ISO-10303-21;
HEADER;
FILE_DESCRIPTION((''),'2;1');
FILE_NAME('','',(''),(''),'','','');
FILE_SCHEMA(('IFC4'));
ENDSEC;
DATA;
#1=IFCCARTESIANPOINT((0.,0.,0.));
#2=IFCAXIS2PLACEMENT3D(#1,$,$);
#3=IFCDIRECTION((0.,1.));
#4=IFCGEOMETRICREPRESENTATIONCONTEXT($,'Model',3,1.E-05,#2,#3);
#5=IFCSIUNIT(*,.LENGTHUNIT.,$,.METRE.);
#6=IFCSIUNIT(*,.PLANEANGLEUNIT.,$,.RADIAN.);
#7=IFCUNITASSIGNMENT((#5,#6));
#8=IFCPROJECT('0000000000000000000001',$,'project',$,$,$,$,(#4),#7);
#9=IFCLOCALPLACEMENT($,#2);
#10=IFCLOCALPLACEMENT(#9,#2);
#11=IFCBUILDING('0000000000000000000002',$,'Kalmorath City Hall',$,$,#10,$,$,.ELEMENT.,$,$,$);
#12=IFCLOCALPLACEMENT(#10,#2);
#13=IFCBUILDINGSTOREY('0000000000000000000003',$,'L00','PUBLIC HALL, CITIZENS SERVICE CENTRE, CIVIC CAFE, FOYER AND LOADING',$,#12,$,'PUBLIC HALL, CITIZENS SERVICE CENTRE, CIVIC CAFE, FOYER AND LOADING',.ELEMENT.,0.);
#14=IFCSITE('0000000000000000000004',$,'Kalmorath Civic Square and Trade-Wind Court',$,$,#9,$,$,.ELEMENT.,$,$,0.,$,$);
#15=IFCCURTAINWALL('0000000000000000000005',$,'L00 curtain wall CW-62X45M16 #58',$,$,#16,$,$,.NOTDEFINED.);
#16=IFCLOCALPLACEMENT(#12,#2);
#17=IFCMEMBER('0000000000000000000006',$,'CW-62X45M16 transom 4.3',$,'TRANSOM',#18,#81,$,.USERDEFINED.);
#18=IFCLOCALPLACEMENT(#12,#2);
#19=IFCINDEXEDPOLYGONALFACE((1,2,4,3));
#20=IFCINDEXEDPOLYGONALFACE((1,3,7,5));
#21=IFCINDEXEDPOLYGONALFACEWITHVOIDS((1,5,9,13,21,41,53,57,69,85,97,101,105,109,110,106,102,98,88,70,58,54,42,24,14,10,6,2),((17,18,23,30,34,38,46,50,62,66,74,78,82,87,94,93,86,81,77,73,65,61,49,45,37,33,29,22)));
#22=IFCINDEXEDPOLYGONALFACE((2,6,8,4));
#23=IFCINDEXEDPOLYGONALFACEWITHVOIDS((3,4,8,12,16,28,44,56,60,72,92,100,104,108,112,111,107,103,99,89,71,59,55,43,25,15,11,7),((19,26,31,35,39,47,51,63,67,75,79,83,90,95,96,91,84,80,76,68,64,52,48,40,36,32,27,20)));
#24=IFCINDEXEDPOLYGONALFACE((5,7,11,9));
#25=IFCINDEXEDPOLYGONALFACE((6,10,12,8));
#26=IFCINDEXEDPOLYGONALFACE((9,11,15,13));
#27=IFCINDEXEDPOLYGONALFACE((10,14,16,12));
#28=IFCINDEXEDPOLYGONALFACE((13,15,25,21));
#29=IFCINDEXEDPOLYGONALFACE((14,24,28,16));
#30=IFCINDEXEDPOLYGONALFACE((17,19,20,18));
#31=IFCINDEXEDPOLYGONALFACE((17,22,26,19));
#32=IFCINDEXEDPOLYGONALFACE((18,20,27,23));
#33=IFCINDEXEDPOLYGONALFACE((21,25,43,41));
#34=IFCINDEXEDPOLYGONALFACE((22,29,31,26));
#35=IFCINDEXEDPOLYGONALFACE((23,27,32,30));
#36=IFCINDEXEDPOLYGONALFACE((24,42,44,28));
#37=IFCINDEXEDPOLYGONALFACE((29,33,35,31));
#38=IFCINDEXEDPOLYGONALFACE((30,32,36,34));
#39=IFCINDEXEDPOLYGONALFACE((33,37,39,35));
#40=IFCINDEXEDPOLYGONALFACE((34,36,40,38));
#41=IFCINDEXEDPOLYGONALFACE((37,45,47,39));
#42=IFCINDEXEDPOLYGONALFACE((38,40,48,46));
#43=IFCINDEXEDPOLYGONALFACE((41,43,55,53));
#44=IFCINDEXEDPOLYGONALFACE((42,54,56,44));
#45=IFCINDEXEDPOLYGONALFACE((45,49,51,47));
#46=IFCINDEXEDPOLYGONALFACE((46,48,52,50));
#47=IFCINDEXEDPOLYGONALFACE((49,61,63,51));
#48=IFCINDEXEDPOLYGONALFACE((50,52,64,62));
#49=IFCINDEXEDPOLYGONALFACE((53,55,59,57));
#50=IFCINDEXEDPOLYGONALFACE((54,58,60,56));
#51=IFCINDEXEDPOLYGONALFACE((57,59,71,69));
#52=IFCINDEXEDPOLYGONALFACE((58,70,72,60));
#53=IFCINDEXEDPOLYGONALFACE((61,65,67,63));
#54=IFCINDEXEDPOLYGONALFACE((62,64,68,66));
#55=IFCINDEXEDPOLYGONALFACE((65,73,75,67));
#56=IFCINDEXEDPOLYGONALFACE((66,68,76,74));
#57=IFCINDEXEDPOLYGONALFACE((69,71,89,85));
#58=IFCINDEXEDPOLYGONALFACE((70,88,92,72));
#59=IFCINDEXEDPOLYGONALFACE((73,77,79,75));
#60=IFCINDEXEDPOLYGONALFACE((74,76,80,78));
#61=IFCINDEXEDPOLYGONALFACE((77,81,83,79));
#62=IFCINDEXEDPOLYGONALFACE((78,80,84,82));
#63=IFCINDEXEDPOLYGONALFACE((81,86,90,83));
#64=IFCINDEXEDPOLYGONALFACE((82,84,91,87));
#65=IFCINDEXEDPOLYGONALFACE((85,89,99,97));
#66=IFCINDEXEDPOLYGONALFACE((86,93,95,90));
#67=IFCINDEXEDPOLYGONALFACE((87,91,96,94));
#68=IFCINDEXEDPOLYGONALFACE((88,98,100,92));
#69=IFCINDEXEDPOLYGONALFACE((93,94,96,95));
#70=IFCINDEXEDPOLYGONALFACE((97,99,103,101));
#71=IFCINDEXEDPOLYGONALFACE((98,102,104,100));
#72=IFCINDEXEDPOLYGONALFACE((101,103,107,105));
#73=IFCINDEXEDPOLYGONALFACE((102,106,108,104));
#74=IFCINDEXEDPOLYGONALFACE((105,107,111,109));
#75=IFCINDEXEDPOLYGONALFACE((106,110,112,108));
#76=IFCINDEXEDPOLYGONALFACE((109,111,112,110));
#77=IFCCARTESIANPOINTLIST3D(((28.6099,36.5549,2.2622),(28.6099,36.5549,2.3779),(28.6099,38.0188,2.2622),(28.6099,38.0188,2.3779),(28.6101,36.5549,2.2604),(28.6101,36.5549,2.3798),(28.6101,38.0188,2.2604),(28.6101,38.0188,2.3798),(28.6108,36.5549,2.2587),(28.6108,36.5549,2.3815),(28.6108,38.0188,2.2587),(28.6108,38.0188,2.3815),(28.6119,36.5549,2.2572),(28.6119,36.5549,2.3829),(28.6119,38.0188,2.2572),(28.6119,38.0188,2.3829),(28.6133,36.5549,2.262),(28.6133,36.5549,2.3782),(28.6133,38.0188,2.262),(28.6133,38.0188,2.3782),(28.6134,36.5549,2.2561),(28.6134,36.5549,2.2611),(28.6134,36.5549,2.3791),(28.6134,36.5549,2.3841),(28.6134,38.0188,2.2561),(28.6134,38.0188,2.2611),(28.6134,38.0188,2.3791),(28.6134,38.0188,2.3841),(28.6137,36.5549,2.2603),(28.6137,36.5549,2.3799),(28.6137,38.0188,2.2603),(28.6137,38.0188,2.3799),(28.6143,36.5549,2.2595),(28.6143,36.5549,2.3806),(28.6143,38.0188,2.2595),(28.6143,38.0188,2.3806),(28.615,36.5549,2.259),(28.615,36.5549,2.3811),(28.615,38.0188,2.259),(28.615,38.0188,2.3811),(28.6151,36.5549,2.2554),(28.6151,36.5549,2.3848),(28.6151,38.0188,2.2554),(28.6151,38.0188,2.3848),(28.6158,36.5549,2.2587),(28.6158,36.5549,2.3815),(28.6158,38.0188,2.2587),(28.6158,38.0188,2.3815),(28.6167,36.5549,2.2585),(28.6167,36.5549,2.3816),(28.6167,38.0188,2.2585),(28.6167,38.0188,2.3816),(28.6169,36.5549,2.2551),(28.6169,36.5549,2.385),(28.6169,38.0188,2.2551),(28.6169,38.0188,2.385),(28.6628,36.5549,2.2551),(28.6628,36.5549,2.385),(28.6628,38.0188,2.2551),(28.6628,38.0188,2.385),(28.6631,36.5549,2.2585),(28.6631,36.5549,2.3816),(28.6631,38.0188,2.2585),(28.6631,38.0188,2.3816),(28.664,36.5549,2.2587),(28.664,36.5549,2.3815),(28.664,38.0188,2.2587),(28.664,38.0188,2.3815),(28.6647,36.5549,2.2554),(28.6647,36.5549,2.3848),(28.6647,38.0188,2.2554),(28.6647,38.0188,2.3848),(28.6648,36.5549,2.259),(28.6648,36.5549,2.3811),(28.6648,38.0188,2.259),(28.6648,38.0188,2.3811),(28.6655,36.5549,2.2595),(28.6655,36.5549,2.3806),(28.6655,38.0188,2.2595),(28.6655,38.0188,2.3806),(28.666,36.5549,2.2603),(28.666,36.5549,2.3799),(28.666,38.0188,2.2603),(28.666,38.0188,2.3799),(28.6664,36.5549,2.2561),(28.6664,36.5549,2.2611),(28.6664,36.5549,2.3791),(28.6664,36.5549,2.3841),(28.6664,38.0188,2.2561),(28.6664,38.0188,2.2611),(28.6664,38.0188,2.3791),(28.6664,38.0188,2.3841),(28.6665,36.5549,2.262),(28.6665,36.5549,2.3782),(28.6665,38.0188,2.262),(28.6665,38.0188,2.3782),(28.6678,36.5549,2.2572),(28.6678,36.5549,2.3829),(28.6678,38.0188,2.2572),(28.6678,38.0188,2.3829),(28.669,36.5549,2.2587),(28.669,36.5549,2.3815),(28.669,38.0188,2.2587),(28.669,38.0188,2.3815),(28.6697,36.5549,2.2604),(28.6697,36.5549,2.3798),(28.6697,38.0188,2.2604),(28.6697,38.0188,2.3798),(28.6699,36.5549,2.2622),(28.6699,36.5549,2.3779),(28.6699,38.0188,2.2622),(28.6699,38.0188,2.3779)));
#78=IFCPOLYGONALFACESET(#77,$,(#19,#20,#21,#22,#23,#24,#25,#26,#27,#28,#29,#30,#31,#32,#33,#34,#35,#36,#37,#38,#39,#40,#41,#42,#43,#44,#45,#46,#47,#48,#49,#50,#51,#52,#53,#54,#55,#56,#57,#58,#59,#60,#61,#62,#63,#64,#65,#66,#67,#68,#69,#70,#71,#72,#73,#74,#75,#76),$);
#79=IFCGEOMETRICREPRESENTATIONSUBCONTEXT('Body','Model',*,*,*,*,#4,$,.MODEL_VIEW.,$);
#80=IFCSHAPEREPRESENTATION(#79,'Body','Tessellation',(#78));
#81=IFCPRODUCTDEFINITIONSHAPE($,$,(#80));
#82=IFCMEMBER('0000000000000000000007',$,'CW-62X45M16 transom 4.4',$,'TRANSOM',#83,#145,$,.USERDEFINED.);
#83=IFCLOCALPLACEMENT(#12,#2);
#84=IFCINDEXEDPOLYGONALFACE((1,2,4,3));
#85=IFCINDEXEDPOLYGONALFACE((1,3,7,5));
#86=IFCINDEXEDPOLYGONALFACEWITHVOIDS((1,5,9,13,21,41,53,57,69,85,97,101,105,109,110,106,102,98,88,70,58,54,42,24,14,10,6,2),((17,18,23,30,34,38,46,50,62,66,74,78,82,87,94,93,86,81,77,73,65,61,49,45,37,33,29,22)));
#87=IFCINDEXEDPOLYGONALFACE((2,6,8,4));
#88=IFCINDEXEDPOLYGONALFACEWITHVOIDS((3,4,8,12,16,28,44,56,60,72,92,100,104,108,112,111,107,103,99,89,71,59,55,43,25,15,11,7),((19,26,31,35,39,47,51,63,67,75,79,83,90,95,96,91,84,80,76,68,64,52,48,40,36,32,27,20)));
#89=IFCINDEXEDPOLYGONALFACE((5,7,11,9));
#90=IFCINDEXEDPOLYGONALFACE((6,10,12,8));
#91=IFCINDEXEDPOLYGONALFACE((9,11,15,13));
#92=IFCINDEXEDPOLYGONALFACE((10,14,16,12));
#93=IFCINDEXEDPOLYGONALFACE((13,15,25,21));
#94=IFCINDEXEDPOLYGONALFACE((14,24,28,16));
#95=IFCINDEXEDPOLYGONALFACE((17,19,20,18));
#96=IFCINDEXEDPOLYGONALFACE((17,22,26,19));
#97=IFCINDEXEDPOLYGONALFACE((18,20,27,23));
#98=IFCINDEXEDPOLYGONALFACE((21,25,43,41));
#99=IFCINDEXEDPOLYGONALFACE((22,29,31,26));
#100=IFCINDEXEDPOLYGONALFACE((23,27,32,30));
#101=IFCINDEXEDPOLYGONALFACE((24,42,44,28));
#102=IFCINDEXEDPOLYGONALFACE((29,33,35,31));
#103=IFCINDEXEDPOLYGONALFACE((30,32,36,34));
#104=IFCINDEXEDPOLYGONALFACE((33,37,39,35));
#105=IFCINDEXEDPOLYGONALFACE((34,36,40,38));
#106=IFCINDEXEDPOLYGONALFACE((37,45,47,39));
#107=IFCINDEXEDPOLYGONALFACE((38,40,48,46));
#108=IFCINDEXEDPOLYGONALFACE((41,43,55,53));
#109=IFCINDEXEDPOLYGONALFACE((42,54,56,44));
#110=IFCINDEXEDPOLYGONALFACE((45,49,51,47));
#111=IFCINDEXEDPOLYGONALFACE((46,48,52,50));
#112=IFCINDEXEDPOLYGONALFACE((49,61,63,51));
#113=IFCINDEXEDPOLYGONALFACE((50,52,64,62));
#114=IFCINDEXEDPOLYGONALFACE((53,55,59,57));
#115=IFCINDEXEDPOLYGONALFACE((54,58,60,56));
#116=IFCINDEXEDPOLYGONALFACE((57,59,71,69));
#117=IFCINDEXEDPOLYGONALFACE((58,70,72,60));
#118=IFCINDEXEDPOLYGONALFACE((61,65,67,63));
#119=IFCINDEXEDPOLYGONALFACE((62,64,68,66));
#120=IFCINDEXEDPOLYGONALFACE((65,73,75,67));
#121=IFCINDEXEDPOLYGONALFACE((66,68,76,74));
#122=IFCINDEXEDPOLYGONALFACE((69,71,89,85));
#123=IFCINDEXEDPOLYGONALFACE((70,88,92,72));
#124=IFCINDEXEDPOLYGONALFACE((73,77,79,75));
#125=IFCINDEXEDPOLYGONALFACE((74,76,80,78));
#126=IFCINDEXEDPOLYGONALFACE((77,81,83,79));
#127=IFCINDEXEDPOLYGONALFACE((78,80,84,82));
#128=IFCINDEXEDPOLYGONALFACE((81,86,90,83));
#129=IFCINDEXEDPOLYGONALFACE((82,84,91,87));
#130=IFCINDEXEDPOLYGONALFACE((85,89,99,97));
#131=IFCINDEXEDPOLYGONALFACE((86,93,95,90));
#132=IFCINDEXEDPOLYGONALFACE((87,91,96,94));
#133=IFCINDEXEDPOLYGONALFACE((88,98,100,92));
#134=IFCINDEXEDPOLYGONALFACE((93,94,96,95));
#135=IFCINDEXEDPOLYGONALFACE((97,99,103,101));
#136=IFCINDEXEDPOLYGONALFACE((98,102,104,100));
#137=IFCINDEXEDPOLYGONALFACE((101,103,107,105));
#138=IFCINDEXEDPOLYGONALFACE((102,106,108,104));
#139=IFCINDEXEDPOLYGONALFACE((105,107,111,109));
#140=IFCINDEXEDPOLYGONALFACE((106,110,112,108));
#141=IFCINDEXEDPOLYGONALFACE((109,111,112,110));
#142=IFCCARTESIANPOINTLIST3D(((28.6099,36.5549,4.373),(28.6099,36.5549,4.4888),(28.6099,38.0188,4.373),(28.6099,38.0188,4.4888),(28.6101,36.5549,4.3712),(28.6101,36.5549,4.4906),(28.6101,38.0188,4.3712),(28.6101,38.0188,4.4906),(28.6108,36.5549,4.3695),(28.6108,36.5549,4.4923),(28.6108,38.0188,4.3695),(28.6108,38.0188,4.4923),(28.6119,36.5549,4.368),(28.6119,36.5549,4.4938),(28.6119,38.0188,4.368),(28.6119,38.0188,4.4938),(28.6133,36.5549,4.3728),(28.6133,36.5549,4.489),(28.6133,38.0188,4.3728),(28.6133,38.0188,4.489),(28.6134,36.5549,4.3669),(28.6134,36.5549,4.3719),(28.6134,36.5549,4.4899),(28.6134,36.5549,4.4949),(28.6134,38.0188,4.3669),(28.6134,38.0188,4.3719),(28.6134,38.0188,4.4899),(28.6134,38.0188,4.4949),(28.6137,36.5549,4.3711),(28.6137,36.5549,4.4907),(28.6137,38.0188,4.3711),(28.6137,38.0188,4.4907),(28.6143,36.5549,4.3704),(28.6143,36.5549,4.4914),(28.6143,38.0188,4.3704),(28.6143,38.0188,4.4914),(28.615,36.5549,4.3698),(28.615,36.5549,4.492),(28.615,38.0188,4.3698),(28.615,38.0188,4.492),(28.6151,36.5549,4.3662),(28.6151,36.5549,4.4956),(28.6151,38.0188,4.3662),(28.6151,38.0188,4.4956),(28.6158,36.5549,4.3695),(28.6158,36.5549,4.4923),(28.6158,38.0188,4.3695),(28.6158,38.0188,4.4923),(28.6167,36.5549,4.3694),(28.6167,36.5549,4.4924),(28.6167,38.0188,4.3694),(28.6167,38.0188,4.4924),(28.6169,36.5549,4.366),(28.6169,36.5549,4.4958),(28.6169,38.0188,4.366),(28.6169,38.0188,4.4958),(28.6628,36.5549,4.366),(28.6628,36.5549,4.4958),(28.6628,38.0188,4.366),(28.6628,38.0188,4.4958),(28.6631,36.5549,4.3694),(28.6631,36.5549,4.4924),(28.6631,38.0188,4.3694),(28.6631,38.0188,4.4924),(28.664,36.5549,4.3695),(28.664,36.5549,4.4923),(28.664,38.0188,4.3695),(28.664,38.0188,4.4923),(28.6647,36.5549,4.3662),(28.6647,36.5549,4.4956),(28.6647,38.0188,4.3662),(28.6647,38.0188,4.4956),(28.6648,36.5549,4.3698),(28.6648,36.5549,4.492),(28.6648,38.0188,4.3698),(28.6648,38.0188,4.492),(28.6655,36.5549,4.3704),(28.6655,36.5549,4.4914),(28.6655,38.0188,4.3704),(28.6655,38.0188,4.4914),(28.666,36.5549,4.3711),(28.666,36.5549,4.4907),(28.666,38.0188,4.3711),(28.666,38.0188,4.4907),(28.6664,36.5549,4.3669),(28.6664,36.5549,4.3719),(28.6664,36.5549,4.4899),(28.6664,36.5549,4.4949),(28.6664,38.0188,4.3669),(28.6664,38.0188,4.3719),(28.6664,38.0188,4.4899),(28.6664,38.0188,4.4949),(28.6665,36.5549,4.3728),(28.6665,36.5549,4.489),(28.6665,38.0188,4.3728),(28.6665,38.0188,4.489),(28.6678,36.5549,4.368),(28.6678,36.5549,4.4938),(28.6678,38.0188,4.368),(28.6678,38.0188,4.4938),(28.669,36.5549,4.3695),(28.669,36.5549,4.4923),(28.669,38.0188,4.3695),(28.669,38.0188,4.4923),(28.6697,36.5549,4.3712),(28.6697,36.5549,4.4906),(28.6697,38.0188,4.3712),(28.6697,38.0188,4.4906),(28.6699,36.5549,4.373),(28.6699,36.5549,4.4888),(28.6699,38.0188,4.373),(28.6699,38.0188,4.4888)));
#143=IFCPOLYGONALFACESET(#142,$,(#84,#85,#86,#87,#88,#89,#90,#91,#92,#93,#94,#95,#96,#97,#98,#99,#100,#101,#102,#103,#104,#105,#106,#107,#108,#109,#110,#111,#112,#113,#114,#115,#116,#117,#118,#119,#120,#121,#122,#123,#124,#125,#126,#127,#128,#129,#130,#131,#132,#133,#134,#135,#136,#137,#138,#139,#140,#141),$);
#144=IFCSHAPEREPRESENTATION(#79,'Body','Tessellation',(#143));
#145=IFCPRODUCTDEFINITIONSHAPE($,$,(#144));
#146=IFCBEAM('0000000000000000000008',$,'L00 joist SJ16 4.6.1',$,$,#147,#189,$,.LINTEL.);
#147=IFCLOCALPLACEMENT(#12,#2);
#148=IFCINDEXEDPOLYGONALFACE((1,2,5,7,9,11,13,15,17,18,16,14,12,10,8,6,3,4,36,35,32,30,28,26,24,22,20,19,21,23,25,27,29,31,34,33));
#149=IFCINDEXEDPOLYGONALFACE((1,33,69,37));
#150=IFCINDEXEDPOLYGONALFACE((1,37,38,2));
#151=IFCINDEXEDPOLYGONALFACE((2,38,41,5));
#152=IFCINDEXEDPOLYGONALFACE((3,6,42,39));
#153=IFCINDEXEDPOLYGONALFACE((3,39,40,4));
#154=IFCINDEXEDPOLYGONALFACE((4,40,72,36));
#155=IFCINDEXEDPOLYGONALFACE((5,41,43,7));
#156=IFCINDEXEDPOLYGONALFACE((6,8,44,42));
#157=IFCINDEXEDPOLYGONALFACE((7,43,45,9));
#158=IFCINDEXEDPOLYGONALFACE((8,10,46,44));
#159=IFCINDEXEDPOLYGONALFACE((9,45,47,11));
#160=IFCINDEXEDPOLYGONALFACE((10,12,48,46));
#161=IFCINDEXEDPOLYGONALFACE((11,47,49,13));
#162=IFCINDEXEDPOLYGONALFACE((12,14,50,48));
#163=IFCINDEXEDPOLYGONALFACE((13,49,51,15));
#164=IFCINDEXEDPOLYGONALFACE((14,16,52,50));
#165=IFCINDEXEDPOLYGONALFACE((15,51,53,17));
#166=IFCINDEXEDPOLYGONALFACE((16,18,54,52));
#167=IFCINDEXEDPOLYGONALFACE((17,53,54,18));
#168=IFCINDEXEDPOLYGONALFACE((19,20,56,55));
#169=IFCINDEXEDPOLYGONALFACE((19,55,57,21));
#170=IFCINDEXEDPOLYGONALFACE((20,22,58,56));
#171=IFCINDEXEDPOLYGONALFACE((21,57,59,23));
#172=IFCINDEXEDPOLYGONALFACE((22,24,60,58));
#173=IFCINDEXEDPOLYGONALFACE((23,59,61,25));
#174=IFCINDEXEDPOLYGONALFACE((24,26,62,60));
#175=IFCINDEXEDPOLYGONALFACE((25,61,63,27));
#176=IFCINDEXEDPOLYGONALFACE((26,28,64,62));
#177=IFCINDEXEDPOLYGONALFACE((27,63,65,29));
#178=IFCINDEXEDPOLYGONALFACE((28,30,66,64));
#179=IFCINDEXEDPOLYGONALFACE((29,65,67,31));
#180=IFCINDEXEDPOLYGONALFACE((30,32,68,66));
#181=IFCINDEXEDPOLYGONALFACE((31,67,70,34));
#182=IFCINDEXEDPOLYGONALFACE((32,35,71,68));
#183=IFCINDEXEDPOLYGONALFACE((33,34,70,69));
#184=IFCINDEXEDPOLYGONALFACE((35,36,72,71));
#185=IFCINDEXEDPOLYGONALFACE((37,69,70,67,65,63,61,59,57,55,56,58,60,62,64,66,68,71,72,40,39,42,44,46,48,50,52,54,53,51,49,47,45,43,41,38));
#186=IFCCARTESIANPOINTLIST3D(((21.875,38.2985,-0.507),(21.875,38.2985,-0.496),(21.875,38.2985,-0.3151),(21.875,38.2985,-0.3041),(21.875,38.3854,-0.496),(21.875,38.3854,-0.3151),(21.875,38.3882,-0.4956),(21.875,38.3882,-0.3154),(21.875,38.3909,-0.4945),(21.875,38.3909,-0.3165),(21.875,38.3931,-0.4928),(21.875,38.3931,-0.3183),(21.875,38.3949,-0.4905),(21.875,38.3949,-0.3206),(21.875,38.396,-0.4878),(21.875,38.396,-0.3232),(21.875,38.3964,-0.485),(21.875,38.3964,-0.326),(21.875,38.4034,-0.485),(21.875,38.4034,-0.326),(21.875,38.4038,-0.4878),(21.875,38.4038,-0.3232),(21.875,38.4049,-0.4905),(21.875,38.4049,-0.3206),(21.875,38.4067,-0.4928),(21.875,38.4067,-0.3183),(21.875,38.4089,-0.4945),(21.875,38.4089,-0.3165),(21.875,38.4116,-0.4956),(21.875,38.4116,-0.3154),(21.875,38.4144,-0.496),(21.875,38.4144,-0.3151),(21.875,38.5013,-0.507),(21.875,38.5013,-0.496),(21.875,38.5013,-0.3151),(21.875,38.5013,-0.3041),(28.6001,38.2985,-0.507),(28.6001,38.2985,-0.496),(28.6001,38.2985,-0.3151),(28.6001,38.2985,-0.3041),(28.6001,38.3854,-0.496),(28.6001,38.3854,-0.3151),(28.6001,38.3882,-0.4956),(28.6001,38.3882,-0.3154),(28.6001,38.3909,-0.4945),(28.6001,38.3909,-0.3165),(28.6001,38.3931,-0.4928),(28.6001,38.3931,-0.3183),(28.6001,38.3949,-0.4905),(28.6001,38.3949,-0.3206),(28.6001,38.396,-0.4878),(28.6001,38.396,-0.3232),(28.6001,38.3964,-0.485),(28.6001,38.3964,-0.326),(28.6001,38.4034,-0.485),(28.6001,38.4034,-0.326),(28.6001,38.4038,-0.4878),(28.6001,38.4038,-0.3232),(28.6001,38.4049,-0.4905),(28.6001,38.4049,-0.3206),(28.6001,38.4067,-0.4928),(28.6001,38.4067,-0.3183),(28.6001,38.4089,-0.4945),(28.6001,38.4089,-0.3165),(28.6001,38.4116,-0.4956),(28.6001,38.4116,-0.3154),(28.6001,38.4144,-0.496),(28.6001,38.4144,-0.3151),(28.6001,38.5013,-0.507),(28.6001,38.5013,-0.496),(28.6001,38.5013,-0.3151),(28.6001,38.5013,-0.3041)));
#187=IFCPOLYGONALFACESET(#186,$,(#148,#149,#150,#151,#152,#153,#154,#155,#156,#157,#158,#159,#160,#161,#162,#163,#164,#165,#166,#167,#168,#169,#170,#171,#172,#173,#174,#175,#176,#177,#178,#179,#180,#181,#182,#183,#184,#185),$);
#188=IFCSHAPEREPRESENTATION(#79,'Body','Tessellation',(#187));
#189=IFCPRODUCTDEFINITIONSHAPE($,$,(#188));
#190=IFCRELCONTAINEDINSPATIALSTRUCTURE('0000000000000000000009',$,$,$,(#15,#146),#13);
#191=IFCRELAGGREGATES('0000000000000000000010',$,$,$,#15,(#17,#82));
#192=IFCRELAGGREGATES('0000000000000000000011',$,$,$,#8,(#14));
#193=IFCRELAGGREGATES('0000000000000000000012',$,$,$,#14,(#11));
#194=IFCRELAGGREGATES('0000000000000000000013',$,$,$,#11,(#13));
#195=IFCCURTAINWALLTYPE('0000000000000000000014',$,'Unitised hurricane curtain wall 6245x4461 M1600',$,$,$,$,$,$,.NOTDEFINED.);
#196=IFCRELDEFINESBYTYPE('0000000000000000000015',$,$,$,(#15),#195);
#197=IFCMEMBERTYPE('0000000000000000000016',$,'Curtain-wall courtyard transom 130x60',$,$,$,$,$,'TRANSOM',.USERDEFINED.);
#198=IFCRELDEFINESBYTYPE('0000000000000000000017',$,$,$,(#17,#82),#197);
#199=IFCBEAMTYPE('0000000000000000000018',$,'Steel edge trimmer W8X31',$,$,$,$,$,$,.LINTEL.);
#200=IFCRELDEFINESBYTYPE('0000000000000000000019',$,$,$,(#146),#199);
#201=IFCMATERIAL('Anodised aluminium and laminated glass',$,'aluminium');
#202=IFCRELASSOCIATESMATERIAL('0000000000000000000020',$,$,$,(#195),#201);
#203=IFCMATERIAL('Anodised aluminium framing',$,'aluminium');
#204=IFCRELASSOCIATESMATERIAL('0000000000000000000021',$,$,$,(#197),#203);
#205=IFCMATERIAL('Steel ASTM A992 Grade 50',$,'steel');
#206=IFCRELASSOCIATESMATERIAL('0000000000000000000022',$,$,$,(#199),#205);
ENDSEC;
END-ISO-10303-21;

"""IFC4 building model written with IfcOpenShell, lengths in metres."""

from ifc_helpers import new_model, si_unit, direction, frame, origin, origin_2d, place, context, subcontext, project, spatial, hollow_rectangle, i_section, extrude, material, material_profile, profile_set, type_object, element, aggregate, save


model = new_model("IFC4")

# Units and contexts
model_context = context("Model", 3, precision=1e-05, world=origin(), true_north=direction((0.0, 1.0)))
body_context = subcontext(model_context, "Body", "Model", "MODEL_VIEW")
ifc_project = project(units=[si_unit("LENGTHUNIT", "METRE"), si_unit("PLANEANGLEUNIT", "RADIAN")], contexts=[model_context])

# Site, building, storey
site_placement = place(None, origin())
site = spatial("IfcSite", under=ifc_project, at=site_placement, Name="Kalmorath Civic Square and Trade-Wind Court", CompositionType="ELEMENT", RefElevation=0.0)
building_placement = place(site_placement, origin())
building = spatial("IfcBuilding", under=site, at=building_placement, Name="Kalmorath City Hall", CompositionType="ELEMENT")
storey_placement = place(building_placement, origin())
storey = spatial("IfcBuildingStorey", under=building, at=storey_placement, Name="L00", Description="PUBLIC HALL, CITIZENS SERVICE CENTRE, CIVIC CAFE, FOYER AND LOADING", LongName="PUBLIC HALL, CITIZENS SERVICE CENTRE, CIVIC CAFE, FOYER AND LOADING", CompositionType="ELEMENT", Elevation=0.0)

# Curtain wall, members
ifc_material_1 = material(Name="Anodised aluminium and laminated glass", Category="aluminium")
curtain_wall_type = type_object("IfcCurtainWallType", Name="Unitised hurricane curtain wall 6245x4461 M1600", PredefinedType="NOTDEFINED", material=ifc_material_1)
curtain_wall_placement = place(storey_placement, origin())
curtain_wall = element("IfcCurtainWall", 1, at=curtain_wall_placement, inside=storey, type_object=curtain_wall_type, Name="L00 curtain wall CW-62X45M16 #58", PredefinedType="NOTDEFINED")
ifc_material_2 = material(Name="Anodised aluminium framing", Category="aluminium")
ifc_material_profile_1 = material_profile(ifc_material_2, hollow_rectangle(XDim=0.0601, YDim=0.1299, WallThickness=0.0034, InnerFilletRadius=0.0034, OuterFilletRadius=0.0071, at=origin_2d()), Name="ALU-TRN-130X60X3.5")
ifc_profile_set_1 = profile_set([ifc_material_profile_1], Name="Anodised aluminium framing")
member_type_1 = type_object("IfcMemberType", Name="Curtain-wall courtyard transom 130x60", ElementType="TRANSOM", PredefinedType="USERDEFINED", material=ifc_profile_set_1)
member_1_placement = place(storey_placement, frame((28.6399, 38.0188, 2.3201), z_axis=(0.0, -1.0, 0.0), x_axis=(1.0, 0.0, 0.0)))
member_1 = element("IfcMember", 2, at=member_1_placement, type_object=member_type_1, Name="CW-62X45M16 transom 4.3", ObjectType="TRANSOM", PredefinedType="USERDEFINED", context=body_context, shape_type="SweptSolid", body=[
    extrude(hollow_rectangle(XDim=0.0601, YDim=0.1299, WallThickness=0.0034, InnerFilletRadius=0.0034, OuterFilletRadius=0.0071, at=origin_2d()), origin(), (0.0, 0.0, 1.0), 1.4639),
])
member_2_placement = place(storey_placement, frame((28.6399, 38.0188, 4.4309), z_axis=(0.0, -1.0, 0.0), x_axis=(1.0, 0.0, 0.0)))
member_2 = element("IfcMember", 3, at=member_2_placement, type_object=member_type_1, Name="CW-62X45M16 transom 4.4", ObjectType="TRANSOM", PredefinedType="USERDEFINED", context=body_context, shape_type="SweptSolid", body=[
    extrude(hollow_rectangle(XDim=0.0601, YDim=0.1299, WallThickness=0.0034, InnerFilletRadius=0.0034, OuterFilletRadius=0.0071, at=origin_2d()), origin(), (0.0, 0.0, 1.0), 1.4639),
])

# Beam
ifc_material_3 = material(Name="Steel ASTM A992 Grade 50", Category="steel")
ifc_material_profile_2 = material_profile(ifc_material_3, i_section(OverallWidth=0.2029, OverallDepth=0.2029, WebThickness=0.0071, FlangeThickness=0.011, FilletRadius=0.011, at=origin_2d()), Name="W8X31")
ifc_profile_set_2 = profile_set([ifc_material_profile_2], Name="Steel ASTM A992 Grade 50")
beam_type_1 = type_object("IfcBeamType", Name="Steel edge trimmer W8X31", PredefinedType="LINTEL", material=ifc_profile_set_2)
for number, where, z_axis, x_axis, name in (
    (4, (21.875, 38.3999, -0.4055), (1.0, 0.0, 0.0), (0.0, 1.0, 0.0), "L00 joist SJ16 4.6.1"),
):
    element("IfcBeam", number, at=place(storey_placement, frame(where, z_axis=z_axis, x_axis=x_axis)), inside=storey, type_object=beam_type_1, Name=name, PredefinedType="LINTEL", context=body_context, shape_type="SweptSolid", body=[
        extrude(i_section(OverallWidth=0.2029, OverallDepth=0.2029, WebThickness=0.0071, FlangeThickness=0.011, FilletRadius=0.011, at=origin_2d()), origin(), (0.0, 0.0, 1.0), 6.7251),
    ])

aggregate(curtain_wall, [member_1, member_2])

save(model, "model.ifc")
